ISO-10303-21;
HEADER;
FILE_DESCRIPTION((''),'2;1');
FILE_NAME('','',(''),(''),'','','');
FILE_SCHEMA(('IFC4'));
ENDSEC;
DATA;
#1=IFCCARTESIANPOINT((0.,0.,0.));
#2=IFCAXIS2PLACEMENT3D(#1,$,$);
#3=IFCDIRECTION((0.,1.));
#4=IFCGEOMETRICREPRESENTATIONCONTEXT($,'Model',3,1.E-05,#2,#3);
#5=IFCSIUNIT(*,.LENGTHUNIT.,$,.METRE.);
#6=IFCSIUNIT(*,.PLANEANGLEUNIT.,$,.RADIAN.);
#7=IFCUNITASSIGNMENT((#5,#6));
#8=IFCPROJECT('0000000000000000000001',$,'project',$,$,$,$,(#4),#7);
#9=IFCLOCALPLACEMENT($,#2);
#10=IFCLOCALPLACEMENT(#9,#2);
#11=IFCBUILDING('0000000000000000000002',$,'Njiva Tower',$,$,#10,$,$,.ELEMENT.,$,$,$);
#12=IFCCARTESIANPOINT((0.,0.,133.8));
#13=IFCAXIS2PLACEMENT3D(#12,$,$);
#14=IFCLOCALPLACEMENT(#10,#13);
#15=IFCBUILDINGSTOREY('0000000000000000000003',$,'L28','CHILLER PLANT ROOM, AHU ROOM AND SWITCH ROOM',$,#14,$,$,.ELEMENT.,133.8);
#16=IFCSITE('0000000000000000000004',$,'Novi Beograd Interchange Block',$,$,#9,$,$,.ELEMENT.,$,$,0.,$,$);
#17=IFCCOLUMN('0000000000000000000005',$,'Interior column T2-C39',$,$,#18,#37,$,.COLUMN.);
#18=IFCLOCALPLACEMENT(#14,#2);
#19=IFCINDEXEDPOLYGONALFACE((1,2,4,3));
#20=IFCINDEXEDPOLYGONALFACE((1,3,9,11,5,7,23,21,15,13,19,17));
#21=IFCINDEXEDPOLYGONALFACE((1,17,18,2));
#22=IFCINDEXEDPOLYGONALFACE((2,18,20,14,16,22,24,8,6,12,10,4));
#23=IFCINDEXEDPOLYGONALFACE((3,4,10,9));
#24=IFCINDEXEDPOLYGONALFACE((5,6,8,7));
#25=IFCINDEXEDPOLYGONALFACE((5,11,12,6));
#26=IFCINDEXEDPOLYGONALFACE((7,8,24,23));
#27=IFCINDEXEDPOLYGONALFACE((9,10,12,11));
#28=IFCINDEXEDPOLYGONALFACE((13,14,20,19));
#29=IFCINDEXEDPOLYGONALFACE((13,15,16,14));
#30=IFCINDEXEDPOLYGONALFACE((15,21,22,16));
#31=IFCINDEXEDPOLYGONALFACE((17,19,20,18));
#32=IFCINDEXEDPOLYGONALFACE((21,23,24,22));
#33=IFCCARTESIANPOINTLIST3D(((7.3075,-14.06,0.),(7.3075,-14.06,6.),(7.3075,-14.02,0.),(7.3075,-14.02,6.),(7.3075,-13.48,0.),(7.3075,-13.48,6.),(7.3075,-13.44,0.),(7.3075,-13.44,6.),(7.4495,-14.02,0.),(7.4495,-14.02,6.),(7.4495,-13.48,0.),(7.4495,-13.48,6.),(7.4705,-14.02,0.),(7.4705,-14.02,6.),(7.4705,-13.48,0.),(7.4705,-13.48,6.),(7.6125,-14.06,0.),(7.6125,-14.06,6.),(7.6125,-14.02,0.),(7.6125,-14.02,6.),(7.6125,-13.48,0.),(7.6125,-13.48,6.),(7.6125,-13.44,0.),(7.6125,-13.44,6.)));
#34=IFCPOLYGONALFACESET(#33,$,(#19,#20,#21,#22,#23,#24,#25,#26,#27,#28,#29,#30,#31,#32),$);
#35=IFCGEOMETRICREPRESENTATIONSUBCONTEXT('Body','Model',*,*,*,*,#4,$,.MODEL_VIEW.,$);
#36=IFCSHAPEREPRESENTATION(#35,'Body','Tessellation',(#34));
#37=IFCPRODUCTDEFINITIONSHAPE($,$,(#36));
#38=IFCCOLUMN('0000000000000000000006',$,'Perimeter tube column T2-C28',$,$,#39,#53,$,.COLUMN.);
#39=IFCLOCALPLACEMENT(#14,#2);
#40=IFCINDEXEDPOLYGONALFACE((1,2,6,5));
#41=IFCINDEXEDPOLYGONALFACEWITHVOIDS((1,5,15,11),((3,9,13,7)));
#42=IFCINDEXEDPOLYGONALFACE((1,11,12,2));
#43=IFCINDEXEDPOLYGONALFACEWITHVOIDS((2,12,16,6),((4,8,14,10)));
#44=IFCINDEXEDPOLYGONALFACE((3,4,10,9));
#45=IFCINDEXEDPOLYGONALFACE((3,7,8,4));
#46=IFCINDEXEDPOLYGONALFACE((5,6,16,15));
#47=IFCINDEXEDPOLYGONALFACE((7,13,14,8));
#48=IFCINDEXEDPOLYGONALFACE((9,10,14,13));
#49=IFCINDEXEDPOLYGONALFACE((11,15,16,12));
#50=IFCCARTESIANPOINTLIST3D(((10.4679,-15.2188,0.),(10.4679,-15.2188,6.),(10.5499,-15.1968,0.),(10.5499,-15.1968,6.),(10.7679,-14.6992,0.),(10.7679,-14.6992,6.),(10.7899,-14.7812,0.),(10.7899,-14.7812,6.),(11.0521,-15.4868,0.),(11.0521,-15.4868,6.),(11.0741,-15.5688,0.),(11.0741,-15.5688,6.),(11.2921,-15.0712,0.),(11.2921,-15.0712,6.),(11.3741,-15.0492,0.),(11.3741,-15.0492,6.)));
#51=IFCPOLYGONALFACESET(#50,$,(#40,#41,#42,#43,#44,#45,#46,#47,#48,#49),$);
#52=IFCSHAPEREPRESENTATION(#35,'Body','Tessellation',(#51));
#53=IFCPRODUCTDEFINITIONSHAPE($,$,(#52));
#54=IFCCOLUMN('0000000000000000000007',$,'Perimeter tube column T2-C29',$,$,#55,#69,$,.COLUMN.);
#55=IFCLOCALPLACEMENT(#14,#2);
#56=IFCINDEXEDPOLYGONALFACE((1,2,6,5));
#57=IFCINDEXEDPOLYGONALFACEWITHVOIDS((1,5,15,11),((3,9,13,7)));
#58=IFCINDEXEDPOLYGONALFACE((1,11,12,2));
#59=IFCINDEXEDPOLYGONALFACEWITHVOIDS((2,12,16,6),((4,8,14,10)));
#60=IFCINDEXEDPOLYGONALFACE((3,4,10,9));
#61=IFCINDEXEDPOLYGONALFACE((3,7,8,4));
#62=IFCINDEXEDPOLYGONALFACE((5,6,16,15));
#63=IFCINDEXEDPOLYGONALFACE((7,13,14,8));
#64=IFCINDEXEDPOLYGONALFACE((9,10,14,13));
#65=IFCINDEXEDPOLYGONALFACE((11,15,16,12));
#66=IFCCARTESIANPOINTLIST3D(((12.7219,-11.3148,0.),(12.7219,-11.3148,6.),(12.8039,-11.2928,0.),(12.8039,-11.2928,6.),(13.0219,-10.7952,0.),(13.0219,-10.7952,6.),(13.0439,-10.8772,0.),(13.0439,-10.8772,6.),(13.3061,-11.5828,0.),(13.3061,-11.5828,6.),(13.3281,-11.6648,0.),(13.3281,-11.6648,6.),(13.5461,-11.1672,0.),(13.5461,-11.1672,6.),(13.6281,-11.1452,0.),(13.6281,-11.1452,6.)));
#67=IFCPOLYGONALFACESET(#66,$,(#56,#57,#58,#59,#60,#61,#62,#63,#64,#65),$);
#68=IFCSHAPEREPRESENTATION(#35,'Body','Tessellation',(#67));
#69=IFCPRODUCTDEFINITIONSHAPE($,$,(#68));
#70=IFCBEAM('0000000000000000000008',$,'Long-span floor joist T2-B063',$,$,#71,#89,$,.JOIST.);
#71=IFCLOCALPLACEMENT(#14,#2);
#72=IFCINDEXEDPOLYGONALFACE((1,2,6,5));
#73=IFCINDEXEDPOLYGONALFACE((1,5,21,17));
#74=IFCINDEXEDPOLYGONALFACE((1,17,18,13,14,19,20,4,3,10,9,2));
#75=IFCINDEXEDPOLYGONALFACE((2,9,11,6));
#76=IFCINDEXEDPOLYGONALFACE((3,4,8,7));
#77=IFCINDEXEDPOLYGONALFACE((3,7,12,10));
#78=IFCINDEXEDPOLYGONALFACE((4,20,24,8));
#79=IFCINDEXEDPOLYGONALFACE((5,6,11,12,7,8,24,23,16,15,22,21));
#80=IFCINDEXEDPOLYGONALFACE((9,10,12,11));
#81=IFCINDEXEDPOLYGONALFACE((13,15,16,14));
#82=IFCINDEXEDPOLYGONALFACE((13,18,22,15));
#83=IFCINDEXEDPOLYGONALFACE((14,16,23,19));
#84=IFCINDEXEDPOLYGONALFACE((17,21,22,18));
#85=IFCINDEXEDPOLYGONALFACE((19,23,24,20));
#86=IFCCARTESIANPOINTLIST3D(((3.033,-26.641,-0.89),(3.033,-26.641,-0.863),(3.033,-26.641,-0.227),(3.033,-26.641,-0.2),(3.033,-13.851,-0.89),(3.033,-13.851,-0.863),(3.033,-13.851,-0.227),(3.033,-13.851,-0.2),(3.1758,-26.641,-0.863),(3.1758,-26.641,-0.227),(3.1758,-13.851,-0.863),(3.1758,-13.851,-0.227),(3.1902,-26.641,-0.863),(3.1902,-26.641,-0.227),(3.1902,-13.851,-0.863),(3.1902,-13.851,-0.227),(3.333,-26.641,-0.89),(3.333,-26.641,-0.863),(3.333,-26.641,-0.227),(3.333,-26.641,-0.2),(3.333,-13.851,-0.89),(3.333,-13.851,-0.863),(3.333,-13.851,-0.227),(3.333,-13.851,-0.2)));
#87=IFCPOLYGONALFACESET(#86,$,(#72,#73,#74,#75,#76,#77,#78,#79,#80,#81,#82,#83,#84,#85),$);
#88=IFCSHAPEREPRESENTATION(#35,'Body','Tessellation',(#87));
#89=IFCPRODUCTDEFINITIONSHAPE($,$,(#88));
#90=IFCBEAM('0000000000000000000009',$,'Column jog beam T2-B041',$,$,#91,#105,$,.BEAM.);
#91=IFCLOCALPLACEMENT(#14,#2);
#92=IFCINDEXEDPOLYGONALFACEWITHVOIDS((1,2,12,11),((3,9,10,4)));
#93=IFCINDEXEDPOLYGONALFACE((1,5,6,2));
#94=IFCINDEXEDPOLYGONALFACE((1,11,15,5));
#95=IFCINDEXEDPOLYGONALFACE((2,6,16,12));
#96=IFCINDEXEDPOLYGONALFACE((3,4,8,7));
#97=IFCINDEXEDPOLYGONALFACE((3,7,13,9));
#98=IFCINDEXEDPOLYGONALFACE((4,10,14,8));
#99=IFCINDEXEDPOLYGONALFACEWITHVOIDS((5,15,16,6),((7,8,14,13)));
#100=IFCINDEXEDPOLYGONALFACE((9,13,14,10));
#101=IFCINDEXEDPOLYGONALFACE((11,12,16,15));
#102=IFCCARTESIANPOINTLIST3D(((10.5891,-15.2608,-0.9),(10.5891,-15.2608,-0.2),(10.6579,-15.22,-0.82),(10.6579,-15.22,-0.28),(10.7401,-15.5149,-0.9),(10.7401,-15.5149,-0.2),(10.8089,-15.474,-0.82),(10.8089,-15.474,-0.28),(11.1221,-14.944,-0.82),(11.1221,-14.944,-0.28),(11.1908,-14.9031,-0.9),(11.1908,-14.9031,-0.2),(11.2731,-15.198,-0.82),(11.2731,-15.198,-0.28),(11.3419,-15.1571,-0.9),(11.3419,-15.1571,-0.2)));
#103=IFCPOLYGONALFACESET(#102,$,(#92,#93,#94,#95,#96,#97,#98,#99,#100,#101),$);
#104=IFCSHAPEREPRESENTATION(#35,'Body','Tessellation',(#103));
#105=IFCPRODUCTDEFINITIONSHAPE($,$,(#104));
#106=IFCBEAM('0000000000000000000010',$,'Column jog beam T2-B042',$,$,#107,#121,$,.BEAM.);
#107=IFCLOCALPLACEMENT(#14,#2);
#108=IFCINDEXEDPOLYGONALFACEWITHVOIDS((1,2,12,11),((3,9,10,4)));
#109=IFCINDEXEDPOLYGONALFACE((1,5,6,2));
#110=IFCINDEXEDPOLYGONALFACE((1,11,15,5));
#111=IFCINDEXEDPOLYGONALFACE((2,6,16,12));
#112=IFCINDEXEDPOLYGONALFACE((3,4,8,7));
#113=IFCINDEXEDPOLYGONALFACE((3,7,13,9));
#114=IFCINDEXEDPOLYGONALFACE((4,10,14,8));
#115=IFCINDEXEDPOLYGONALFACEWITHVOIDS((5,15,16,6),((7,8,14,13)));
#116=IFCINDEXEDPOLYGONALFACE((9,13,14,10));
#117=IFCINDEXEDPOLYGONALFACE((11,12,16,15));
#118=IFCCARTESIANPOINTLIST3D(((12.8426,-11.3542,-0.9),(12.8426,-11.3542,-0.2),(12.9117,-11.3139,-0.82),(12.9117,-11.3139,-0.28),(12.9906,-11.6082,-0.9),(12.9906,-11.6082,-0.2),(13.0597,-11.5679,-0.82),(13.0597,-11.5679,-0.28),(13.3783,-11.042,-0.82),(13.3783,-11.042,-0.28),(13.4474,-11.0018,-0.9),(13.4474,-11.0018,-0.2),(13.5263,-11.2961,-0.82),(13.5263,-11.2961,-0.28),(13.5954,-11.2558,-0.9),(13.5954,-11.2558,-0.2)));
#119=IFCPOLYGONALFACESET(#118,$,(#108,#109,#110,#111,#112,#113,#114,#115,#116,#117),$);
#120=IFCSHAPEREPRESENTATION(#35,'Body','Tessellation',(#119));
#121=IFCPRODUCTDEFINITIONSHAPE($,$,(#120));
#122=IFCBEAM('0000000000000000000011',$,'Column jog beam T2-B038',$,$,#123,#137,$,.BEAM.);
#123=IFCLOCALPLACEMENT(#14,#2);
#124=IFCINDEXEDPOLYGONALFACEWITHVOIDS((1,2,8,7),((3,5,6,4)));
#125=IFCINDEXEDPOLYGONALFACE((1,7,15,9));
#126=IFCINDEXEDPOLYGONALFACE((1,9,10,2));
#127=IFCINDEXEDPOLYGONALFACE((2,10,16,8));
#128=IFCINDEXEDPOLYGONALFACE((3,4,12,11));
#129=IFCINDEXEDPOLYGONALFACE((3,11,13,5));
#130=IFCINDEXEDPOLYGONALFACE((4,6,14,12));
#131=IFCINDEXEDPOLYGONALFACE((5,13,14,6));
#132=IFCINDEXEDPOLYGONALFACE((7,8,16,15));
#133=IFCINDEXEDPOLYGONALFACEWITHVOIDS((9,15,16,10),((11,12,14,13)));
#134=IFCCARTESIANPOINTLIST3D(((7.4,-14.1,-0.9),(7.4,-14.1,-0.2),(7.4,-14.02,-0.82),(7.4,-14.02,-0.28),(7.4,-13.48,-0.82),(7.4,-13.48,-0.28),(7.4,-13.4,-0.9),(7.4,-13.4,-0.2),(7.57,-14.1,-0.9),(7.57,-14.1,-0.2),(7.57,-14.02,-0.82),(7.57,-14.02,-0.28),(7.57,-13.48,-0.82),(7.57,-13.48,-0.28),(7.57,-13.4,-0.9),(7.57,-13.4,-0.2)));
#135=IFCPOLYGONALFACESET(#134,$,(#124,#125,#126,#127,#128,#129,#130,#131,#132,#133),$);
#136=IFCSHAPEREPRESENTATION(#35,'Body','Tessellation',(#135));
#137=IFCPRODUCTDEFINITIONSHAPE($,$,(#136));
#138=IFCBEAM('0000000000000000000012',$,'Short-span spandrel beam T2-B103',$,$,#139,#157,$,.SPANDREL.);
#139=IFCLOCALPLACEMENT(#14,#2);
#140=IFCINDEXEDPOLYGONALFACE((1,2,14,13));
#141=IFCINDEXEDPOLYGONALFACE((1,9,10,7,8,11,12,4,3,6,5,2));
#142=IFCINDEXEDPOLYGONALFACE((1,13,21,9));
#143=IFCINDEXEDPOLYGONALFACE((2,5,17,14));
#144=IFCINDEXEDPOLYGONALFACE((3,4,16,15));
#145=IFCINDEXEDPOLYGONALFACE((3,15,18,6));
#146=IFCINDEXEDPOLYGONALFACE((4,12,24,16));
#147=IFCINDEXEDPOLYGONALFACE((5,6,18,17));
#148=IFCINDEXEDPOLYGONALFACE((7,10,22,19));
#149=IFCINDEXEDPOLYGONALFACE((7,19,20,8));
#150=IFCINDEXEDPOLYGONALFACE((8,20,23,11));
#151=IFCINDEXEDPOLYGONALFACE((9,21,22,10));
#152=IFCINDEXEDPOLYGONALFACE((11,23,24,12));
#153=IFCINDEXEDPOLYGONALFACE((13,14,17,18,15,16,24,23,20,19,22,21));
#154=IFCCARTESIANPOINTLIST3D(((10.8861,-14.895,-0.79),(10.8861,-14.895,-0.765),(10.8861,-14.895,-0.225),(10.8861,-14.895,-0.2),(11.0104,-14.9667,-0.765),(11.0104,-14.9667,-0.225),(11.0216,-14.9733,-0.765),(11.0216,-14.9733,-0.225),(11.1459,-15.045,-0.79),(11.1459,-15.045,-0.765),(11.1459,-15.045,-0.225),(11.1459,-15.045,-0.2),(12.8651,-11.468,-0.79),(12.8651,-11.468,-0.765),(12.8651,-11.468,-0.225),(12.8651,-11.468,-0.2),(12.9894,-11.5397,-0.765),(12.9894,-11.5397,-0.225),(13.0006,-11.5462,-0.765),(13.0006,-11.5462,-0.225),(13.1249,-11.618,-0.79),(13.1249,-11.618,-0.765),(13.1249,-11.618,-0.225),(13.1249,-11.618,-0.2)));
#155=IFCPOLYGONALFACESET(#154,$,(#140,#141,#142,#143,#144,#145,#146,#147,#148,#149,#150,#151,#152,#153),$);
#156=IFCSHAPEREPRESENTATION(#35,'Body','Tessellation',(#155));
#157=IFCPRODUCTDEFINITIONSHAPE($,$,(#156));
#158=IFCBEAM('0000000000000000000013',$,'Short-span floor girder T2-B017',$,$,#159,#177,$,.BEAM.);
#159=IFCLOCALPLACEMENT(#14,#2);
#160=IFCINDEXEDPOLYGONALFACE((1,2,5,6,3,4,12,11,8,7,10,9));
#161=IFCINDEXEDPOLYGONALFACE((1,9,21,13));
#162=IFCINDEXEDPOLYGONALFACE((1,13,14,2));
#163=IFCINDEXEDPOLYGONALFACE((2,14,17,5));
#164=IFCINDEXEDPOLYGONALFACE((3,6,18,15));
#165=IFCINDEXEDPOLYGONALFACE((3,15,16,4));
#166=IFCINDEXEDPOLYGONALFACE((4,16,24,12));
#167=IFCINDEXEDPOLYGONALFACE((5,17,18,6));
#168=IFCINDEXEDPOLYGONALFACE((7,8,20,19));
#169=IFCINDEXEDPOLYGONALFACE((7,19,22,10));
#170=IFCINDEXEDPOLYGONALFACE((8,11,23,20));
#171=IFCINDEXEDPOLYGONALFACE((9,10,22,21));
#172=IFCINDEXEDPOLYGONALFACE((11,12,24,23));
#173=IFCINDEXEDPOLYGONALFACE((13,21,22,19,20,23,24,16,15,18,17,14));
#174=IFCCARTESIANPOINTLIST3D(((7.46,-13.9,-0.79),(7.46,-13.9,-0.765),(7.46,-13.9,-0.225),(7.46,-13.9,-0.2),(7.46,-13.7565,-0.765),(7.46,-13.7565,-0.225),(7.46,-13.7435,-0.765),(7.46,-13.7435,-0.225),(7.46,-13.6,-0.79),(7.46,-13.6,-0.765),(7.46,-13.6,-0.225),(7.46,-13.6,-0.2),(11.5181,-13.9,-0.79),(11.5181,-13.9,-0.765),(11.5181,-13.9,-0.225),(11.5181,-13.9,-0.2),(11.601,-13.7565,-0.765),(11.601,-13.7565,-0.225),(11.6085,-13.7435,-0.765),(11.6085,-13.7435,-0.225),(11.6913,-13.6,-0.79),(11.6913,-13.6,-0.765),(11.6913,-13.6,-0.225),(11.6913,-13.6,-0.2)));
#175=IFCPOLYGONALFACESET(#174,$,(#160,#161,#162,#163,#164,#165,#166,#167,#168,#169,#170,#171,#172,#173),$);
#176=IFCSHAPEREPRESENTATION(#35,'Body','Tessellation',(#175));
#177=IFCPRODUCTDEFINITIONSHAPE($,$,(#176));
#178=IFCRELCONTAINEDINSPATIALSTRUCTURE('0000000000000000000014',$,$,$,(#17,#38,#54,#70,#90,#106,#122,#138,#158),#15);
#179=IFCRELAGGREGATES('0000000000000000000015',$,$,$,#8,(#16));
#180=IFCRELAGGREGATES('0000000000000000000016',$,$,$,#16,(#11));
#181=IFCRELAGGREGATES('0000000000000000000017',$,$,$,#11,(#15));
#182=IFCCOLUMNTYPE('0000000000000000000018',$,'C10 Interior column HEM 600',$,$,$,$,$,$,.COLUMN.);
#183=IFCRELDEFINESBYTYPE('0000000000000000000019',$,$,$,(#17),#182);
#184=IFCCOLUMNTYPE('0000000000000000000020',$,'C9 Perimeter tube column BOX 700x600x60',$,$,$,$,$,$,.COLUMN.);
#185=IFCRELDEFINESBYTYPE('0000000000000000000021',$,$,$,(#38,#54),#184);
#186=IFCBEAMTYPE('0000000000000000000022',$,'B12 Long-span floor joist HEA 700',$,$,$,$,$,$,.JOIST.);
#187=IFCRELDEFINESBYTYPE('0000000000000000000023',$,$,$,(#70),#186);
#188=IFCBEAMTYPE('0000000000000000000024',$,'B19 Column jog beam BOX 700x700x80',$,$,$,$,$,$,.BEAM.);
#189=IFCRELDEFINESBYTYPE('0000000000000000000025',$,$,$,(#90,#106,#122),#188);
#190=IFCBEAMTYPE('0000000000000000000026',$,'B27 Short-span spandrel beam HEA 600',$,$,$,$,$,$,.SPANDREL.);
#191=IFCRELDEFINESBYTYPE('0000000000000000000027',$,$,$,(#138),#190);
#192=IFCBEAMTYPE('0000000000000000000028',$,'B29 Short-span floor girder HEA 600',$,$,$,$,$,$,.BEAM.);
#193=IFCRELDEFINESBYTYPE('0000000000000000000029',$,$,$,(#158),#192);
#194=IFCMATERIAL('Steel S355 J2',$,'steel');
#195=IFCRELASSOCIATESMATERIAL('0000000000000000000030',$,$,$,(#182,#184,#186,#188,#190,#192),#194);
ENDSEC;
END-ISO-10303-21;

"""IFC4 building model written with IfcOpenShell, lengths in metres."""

from ifc_helpers import new_model, si_unit, direction, frame, origin, origin_2d, place, context, subcontext, project, spatial, hollow_rectangle, i_section, extrude, clip, halfspace, material, material_profile, profile_set, type_object, element, save


model = new_model("IFC4")

# Units and contexts
model_context = context("Model", 3, precision=1e-05, world=origin(), true_north=direction((0.0, 1.0)))
body_context = subcontext(model_context, "Body", "Model", "MODEL_VIEW")
ifc_project = project(units=[si_unit("LENGTHUNIT", "METRE"), si_unit("PLANEANGLEUNIT", "RADIAN")], contexts=[model_context])

# Site, building, storey
site_placement = place(None, origin())
site = spatial("IfcSite", under=ifc_project, at=site_placement, Name="Novi Beograd Interchange Block", CompositionType="ELEMENT", RefElevation=0.0)
building_placement = place(site_placement, origin())
building = spatial("IfcBuilding", under=site, at=building_placement, Name="Njiva Tower", CompositionType="ELEMENT")
storey_placement = place(building_placement, frame((0.0, 0.0, 133.8)))
storey = spatial("IfcBuildingStorey", under=building, at=storey_placement, Name="L28", Description="CHILLER PLANT ROOM, AHU ROOM AND SWITCH ROOM", CompositionType="ELEMENT", Elevation=133.8)

# Columns
ifc_material_1 = material(Name="Steel S355 J2", Category="steel")
ifc_material_profile_1 = material_profile(ifc_material_1, i_section(OverallWidth=0.305, OverallDepth=0.62, WebThickness=0.021, FlangeThickness=0.04, at=origin_2d()), Name="HEM 600")
ifc_profile_set_1 = profile_set([ifc_material_profile_1], Name="Steel S355 J2")
column_type_1 = type_object("IfcColumnType", Name="C10 Interior column HEM 600", PredefinedType="COLUMN", material=ifc_profile_set_1)
column_placement = place(storey_placement, frame((7.46, -13.75, 0.0), z_axis=(0.0, 0.0, 1.0), x_axis=(1.0, 0.0, 0.0)))
element("IfcColumn", 1, at=column_placement, inside=storey, type_object=column_type_1, Name="Interior column T2-C39", PredefinedType="COLUMN", context=body_context, shape_type="SweptSolid", body=[
    extrude(i_section(OverallWidth=0.305, OverallDepth=0.62, WebThickness=0.021, FlangeThickness=0.04, at=origin_2d()), origin(), (0.0, 0.0, 1.0), 6.0),
])
ifc_material_profile_2 = material_profile(ifc_material_1, hollow_rectangle(XDim=0.6, YDim=0.7, WallThickness=0.06, at=origin_2d()), Name="BOX 700x600x60")
ifc_profile_set_2 = profile_set([ifc_material_profile_2], Name="Steel S355 J2")
column_type_2 = type_object("IfcColumnType", Name="C9 Perimeter tube column BOX 700x600x60", PredefinedType="COLUMN", material=ifc_profile_set_2)
for number, where, z_axis, x_axis, name in (
    (2, (10.921, -15.134, 0.0), (0.0, 0.0, 1.0), (0.5, 0.866025, 0.0), "Perimeter tube column T2-C28"),
    (3, (13.175, -11.23, 0.0), (0.0, 0.0, 1.0), (0.5, 0.866025, 0.0), "Perimeter tube column T2-C29"),
):
    element("IfcColumn", number, at=place(storey_placement, frame(where, z_axis=z_axis, x_axis=x_axis)), inside=storey, type_object=column_type_2, Name=name, PredefinedType="COLUMN", context=body_context, shape_type="SweptSolid", body=[
        extrude(hollow_rectangle(XDim=0.6, YDim=0.7, WallThickness=0.06, at=origin_2d()), origin(), (0.0, 0.0, 1.0), 6.0),
    ])

# Beams
ifc_material_profile_3 = material_profile(ifc_material_1, i_section(OverallWidth=0.3, OverallDepth=0.69, WebThickness=0.0145, FlangeThickness=0.027, at=origin_2d()), Name="HEA 700")
ifc_profile_set_3 = profile_set([ifc_material_profile_3], Name="Steel S355 J2")
beam_type_1 = type_object("IfcBeamType", Name="B12 Long-span floor joist HEA 700", PredefinedType="JOIST", material=ifc_profile_set_3)
beam_1_placement = place(storey_placement, frame((3.183, -13.851, -0.545), z_axis=(0.0, -1.0, 0.0), x_axis=(1.0, 0.0, 0.0)))
element("IfcBeam", 4, at=beam_1_placement, inside=storey, type_object=beam_type_1, Name="Long-span floor joist T2-B063", PredefinedType="JOIST", context=body_context, shape_type="SweptSolid", body=[
    extrude(i_section(OverallWidth=0.3, OverallDepth=0.69, WebThickness=0.0145, FlangeThickness=0.027, at=origin_2d()), origin(), (0.0, 0.0, 1.0), 12.79),
])
ifc_material_profile_4 = material_profile(ifc_material_1, hollow_rectangle(XDim=0.7, YDim=0.7, WallThickness=0.08, at=origin_2d()), Name="BOX 700x700x80")
ifc_profile_set_4 = profile_set([ifc_material_profile_4], Name="Steel S355 J2")
beam_type_2 = type_object("IfcBeamType", Name="B19 Column jog beam BOX 700x700x80", PredefinedType="BEAM", material=ifc_profile_set_4)
beam_2_placement = place(storey_placement, frame((11.041, -15.336, -0.55), z_axis=(-0.511008, 0.859576, 0.0), x_axis=(-0.859576, -0.511008, 0.0)))
element("IfcBeam", 5, at=beam_2_placement, inside=storey, type_object=beam_type_2, Name="Column jog beam T2-B041", PredefinedType="BEAM", context=body_context, shape_type="SweptSolid", body=[
    extrude(hollow_rectangle(XDim=0.7, YDim=0.7, WallThickness=0.08, at=origin_2d()), origin(), (0.0, 0.0, 1.0), 0.2955),
])
beam_3_placement = place(storey_placement, frame((13.293, -11.432, -0.55), z_axis=(-0.503448, 0.864026, 0.0), x_axis=(-0.864026, -0.503448, 0.0)))
element("IfcBeam", 6, at=beam_3_placement, inside=storey, type_object=beam_type_2, Name="Column jog beam T2-B042", PredefinedType="BEAM", context=body_context, shape_type="SweptSolid", body=[
    extrude(hollow_rectangle(XDim=0.7, YDim=0.7, WallThickness=0.08, at=origin_2d()), origin(), (0.0, 0.0, 1.0), 0.294),
])
beam_4_placement = place(storey_placement, frame((7.57, -13.75, -0.55), z_axis=(-1.0, 0.0, 0.0), x_axis=(0.0, -1.0, 0.0)))
element("IfcBeam", 7, at=beam_4_placement, inside=storey, type_object=beam_type_2, Name="Column jog beam T2-B038", PredefinedType="BEAM", context=body_context, shape_type="SweptSolid", body=[
    extrude(hollow_rectangle(XDim=0.7, YDim=0.7, WallThickness=0.08, at=origin_2d()), origin(), (0.0, 0.0, 1.0), 0.17),
])
ifc_material_profile_5 = material_profile(ifc_material_1, i_section(OverallWidth=0.3, OverallDepth=0.59, WebThickness=0.013, FlangeThickness=0.025, at=origin_2d()), Name="HEA 600")
ifc_profile_set_5 = profile_set([ifc_material_profile_5], Name="Steel S355 J2")
beam_type_3 = type_object("IfcBeamType", Name="B27 Short-span spandrel beam HEA 600", PredefinedType="SPANDREL", material=ifc_profile_set_5)
beam_5_placement = place(storey_placement, frame((11.016, -14.97, -0.495), z_axis=(0.50008, 0.865979, 0.0), x_axis=(-0.865979, 0.50008, 0.0)))
element("IfcBeam", 8, at=beam_5_placement, inside=storey, type_object=beam_type_3, Name="Short-span spandrel beam T2-B103", PredefinedType="SPANDREL", context=body_context, shape_type="SweptSolid", body=[
    extrude(i_section(OverallWidth=0.3, OverallDepth=0.59, WebThickness=0.013, FlangeThickness=0.025, at=origin_2d()), origin(), (0.0, 0.0, 1.0), 3.9574),
])
ifc_material_profile_6 = material_profile(ifc_material_1, i_section(OverallWidth=0.3, OverallDepth=0.59, WebThickness=0.013, FlangeThickness=0.025, at=origin_2d()), Name="HEA 600")
ifc_profile_set_6 = profile_set([ifc_material_profile_6], Name="Steel S355 J2")
beam_type_4 = type_object("IfcBeamType", Name="B29 Short-span floor girder HEA 600", PredefinedType="BEAM", material=ifc_profile_set_6)
beam_6_placement = place(storey_placement, frame((7.46, -13.75, -0.495), z_axis=(1.0, 0.0, 0.0), x_axis=(0.0, 1.0, 0.0)))
element("IfcBeam", 9, at=beam_6_placement, inside=storey, type_object=beam_type_4, Name="Short-span floor girder T2-B017", PredefinedType="BEAM", context=body_context, shape_type="Clipping", body=[
    clip(extrude(i_section(OverallWidth=0.3, OverallDepth=0.59, WebThickness=0.013, FlangeThickness=0.025, at=origin_2d()), origin(), (0.0, 0.0, 1.0), 4.252), halfspace(frame((-0.025, 0.0, 4.1303), z_axis=(-0.499998, 0.0, 0.866027), x_axis=(0.0, 1.0, 0.0)), False)),
])

save(model, "model.ifc")
